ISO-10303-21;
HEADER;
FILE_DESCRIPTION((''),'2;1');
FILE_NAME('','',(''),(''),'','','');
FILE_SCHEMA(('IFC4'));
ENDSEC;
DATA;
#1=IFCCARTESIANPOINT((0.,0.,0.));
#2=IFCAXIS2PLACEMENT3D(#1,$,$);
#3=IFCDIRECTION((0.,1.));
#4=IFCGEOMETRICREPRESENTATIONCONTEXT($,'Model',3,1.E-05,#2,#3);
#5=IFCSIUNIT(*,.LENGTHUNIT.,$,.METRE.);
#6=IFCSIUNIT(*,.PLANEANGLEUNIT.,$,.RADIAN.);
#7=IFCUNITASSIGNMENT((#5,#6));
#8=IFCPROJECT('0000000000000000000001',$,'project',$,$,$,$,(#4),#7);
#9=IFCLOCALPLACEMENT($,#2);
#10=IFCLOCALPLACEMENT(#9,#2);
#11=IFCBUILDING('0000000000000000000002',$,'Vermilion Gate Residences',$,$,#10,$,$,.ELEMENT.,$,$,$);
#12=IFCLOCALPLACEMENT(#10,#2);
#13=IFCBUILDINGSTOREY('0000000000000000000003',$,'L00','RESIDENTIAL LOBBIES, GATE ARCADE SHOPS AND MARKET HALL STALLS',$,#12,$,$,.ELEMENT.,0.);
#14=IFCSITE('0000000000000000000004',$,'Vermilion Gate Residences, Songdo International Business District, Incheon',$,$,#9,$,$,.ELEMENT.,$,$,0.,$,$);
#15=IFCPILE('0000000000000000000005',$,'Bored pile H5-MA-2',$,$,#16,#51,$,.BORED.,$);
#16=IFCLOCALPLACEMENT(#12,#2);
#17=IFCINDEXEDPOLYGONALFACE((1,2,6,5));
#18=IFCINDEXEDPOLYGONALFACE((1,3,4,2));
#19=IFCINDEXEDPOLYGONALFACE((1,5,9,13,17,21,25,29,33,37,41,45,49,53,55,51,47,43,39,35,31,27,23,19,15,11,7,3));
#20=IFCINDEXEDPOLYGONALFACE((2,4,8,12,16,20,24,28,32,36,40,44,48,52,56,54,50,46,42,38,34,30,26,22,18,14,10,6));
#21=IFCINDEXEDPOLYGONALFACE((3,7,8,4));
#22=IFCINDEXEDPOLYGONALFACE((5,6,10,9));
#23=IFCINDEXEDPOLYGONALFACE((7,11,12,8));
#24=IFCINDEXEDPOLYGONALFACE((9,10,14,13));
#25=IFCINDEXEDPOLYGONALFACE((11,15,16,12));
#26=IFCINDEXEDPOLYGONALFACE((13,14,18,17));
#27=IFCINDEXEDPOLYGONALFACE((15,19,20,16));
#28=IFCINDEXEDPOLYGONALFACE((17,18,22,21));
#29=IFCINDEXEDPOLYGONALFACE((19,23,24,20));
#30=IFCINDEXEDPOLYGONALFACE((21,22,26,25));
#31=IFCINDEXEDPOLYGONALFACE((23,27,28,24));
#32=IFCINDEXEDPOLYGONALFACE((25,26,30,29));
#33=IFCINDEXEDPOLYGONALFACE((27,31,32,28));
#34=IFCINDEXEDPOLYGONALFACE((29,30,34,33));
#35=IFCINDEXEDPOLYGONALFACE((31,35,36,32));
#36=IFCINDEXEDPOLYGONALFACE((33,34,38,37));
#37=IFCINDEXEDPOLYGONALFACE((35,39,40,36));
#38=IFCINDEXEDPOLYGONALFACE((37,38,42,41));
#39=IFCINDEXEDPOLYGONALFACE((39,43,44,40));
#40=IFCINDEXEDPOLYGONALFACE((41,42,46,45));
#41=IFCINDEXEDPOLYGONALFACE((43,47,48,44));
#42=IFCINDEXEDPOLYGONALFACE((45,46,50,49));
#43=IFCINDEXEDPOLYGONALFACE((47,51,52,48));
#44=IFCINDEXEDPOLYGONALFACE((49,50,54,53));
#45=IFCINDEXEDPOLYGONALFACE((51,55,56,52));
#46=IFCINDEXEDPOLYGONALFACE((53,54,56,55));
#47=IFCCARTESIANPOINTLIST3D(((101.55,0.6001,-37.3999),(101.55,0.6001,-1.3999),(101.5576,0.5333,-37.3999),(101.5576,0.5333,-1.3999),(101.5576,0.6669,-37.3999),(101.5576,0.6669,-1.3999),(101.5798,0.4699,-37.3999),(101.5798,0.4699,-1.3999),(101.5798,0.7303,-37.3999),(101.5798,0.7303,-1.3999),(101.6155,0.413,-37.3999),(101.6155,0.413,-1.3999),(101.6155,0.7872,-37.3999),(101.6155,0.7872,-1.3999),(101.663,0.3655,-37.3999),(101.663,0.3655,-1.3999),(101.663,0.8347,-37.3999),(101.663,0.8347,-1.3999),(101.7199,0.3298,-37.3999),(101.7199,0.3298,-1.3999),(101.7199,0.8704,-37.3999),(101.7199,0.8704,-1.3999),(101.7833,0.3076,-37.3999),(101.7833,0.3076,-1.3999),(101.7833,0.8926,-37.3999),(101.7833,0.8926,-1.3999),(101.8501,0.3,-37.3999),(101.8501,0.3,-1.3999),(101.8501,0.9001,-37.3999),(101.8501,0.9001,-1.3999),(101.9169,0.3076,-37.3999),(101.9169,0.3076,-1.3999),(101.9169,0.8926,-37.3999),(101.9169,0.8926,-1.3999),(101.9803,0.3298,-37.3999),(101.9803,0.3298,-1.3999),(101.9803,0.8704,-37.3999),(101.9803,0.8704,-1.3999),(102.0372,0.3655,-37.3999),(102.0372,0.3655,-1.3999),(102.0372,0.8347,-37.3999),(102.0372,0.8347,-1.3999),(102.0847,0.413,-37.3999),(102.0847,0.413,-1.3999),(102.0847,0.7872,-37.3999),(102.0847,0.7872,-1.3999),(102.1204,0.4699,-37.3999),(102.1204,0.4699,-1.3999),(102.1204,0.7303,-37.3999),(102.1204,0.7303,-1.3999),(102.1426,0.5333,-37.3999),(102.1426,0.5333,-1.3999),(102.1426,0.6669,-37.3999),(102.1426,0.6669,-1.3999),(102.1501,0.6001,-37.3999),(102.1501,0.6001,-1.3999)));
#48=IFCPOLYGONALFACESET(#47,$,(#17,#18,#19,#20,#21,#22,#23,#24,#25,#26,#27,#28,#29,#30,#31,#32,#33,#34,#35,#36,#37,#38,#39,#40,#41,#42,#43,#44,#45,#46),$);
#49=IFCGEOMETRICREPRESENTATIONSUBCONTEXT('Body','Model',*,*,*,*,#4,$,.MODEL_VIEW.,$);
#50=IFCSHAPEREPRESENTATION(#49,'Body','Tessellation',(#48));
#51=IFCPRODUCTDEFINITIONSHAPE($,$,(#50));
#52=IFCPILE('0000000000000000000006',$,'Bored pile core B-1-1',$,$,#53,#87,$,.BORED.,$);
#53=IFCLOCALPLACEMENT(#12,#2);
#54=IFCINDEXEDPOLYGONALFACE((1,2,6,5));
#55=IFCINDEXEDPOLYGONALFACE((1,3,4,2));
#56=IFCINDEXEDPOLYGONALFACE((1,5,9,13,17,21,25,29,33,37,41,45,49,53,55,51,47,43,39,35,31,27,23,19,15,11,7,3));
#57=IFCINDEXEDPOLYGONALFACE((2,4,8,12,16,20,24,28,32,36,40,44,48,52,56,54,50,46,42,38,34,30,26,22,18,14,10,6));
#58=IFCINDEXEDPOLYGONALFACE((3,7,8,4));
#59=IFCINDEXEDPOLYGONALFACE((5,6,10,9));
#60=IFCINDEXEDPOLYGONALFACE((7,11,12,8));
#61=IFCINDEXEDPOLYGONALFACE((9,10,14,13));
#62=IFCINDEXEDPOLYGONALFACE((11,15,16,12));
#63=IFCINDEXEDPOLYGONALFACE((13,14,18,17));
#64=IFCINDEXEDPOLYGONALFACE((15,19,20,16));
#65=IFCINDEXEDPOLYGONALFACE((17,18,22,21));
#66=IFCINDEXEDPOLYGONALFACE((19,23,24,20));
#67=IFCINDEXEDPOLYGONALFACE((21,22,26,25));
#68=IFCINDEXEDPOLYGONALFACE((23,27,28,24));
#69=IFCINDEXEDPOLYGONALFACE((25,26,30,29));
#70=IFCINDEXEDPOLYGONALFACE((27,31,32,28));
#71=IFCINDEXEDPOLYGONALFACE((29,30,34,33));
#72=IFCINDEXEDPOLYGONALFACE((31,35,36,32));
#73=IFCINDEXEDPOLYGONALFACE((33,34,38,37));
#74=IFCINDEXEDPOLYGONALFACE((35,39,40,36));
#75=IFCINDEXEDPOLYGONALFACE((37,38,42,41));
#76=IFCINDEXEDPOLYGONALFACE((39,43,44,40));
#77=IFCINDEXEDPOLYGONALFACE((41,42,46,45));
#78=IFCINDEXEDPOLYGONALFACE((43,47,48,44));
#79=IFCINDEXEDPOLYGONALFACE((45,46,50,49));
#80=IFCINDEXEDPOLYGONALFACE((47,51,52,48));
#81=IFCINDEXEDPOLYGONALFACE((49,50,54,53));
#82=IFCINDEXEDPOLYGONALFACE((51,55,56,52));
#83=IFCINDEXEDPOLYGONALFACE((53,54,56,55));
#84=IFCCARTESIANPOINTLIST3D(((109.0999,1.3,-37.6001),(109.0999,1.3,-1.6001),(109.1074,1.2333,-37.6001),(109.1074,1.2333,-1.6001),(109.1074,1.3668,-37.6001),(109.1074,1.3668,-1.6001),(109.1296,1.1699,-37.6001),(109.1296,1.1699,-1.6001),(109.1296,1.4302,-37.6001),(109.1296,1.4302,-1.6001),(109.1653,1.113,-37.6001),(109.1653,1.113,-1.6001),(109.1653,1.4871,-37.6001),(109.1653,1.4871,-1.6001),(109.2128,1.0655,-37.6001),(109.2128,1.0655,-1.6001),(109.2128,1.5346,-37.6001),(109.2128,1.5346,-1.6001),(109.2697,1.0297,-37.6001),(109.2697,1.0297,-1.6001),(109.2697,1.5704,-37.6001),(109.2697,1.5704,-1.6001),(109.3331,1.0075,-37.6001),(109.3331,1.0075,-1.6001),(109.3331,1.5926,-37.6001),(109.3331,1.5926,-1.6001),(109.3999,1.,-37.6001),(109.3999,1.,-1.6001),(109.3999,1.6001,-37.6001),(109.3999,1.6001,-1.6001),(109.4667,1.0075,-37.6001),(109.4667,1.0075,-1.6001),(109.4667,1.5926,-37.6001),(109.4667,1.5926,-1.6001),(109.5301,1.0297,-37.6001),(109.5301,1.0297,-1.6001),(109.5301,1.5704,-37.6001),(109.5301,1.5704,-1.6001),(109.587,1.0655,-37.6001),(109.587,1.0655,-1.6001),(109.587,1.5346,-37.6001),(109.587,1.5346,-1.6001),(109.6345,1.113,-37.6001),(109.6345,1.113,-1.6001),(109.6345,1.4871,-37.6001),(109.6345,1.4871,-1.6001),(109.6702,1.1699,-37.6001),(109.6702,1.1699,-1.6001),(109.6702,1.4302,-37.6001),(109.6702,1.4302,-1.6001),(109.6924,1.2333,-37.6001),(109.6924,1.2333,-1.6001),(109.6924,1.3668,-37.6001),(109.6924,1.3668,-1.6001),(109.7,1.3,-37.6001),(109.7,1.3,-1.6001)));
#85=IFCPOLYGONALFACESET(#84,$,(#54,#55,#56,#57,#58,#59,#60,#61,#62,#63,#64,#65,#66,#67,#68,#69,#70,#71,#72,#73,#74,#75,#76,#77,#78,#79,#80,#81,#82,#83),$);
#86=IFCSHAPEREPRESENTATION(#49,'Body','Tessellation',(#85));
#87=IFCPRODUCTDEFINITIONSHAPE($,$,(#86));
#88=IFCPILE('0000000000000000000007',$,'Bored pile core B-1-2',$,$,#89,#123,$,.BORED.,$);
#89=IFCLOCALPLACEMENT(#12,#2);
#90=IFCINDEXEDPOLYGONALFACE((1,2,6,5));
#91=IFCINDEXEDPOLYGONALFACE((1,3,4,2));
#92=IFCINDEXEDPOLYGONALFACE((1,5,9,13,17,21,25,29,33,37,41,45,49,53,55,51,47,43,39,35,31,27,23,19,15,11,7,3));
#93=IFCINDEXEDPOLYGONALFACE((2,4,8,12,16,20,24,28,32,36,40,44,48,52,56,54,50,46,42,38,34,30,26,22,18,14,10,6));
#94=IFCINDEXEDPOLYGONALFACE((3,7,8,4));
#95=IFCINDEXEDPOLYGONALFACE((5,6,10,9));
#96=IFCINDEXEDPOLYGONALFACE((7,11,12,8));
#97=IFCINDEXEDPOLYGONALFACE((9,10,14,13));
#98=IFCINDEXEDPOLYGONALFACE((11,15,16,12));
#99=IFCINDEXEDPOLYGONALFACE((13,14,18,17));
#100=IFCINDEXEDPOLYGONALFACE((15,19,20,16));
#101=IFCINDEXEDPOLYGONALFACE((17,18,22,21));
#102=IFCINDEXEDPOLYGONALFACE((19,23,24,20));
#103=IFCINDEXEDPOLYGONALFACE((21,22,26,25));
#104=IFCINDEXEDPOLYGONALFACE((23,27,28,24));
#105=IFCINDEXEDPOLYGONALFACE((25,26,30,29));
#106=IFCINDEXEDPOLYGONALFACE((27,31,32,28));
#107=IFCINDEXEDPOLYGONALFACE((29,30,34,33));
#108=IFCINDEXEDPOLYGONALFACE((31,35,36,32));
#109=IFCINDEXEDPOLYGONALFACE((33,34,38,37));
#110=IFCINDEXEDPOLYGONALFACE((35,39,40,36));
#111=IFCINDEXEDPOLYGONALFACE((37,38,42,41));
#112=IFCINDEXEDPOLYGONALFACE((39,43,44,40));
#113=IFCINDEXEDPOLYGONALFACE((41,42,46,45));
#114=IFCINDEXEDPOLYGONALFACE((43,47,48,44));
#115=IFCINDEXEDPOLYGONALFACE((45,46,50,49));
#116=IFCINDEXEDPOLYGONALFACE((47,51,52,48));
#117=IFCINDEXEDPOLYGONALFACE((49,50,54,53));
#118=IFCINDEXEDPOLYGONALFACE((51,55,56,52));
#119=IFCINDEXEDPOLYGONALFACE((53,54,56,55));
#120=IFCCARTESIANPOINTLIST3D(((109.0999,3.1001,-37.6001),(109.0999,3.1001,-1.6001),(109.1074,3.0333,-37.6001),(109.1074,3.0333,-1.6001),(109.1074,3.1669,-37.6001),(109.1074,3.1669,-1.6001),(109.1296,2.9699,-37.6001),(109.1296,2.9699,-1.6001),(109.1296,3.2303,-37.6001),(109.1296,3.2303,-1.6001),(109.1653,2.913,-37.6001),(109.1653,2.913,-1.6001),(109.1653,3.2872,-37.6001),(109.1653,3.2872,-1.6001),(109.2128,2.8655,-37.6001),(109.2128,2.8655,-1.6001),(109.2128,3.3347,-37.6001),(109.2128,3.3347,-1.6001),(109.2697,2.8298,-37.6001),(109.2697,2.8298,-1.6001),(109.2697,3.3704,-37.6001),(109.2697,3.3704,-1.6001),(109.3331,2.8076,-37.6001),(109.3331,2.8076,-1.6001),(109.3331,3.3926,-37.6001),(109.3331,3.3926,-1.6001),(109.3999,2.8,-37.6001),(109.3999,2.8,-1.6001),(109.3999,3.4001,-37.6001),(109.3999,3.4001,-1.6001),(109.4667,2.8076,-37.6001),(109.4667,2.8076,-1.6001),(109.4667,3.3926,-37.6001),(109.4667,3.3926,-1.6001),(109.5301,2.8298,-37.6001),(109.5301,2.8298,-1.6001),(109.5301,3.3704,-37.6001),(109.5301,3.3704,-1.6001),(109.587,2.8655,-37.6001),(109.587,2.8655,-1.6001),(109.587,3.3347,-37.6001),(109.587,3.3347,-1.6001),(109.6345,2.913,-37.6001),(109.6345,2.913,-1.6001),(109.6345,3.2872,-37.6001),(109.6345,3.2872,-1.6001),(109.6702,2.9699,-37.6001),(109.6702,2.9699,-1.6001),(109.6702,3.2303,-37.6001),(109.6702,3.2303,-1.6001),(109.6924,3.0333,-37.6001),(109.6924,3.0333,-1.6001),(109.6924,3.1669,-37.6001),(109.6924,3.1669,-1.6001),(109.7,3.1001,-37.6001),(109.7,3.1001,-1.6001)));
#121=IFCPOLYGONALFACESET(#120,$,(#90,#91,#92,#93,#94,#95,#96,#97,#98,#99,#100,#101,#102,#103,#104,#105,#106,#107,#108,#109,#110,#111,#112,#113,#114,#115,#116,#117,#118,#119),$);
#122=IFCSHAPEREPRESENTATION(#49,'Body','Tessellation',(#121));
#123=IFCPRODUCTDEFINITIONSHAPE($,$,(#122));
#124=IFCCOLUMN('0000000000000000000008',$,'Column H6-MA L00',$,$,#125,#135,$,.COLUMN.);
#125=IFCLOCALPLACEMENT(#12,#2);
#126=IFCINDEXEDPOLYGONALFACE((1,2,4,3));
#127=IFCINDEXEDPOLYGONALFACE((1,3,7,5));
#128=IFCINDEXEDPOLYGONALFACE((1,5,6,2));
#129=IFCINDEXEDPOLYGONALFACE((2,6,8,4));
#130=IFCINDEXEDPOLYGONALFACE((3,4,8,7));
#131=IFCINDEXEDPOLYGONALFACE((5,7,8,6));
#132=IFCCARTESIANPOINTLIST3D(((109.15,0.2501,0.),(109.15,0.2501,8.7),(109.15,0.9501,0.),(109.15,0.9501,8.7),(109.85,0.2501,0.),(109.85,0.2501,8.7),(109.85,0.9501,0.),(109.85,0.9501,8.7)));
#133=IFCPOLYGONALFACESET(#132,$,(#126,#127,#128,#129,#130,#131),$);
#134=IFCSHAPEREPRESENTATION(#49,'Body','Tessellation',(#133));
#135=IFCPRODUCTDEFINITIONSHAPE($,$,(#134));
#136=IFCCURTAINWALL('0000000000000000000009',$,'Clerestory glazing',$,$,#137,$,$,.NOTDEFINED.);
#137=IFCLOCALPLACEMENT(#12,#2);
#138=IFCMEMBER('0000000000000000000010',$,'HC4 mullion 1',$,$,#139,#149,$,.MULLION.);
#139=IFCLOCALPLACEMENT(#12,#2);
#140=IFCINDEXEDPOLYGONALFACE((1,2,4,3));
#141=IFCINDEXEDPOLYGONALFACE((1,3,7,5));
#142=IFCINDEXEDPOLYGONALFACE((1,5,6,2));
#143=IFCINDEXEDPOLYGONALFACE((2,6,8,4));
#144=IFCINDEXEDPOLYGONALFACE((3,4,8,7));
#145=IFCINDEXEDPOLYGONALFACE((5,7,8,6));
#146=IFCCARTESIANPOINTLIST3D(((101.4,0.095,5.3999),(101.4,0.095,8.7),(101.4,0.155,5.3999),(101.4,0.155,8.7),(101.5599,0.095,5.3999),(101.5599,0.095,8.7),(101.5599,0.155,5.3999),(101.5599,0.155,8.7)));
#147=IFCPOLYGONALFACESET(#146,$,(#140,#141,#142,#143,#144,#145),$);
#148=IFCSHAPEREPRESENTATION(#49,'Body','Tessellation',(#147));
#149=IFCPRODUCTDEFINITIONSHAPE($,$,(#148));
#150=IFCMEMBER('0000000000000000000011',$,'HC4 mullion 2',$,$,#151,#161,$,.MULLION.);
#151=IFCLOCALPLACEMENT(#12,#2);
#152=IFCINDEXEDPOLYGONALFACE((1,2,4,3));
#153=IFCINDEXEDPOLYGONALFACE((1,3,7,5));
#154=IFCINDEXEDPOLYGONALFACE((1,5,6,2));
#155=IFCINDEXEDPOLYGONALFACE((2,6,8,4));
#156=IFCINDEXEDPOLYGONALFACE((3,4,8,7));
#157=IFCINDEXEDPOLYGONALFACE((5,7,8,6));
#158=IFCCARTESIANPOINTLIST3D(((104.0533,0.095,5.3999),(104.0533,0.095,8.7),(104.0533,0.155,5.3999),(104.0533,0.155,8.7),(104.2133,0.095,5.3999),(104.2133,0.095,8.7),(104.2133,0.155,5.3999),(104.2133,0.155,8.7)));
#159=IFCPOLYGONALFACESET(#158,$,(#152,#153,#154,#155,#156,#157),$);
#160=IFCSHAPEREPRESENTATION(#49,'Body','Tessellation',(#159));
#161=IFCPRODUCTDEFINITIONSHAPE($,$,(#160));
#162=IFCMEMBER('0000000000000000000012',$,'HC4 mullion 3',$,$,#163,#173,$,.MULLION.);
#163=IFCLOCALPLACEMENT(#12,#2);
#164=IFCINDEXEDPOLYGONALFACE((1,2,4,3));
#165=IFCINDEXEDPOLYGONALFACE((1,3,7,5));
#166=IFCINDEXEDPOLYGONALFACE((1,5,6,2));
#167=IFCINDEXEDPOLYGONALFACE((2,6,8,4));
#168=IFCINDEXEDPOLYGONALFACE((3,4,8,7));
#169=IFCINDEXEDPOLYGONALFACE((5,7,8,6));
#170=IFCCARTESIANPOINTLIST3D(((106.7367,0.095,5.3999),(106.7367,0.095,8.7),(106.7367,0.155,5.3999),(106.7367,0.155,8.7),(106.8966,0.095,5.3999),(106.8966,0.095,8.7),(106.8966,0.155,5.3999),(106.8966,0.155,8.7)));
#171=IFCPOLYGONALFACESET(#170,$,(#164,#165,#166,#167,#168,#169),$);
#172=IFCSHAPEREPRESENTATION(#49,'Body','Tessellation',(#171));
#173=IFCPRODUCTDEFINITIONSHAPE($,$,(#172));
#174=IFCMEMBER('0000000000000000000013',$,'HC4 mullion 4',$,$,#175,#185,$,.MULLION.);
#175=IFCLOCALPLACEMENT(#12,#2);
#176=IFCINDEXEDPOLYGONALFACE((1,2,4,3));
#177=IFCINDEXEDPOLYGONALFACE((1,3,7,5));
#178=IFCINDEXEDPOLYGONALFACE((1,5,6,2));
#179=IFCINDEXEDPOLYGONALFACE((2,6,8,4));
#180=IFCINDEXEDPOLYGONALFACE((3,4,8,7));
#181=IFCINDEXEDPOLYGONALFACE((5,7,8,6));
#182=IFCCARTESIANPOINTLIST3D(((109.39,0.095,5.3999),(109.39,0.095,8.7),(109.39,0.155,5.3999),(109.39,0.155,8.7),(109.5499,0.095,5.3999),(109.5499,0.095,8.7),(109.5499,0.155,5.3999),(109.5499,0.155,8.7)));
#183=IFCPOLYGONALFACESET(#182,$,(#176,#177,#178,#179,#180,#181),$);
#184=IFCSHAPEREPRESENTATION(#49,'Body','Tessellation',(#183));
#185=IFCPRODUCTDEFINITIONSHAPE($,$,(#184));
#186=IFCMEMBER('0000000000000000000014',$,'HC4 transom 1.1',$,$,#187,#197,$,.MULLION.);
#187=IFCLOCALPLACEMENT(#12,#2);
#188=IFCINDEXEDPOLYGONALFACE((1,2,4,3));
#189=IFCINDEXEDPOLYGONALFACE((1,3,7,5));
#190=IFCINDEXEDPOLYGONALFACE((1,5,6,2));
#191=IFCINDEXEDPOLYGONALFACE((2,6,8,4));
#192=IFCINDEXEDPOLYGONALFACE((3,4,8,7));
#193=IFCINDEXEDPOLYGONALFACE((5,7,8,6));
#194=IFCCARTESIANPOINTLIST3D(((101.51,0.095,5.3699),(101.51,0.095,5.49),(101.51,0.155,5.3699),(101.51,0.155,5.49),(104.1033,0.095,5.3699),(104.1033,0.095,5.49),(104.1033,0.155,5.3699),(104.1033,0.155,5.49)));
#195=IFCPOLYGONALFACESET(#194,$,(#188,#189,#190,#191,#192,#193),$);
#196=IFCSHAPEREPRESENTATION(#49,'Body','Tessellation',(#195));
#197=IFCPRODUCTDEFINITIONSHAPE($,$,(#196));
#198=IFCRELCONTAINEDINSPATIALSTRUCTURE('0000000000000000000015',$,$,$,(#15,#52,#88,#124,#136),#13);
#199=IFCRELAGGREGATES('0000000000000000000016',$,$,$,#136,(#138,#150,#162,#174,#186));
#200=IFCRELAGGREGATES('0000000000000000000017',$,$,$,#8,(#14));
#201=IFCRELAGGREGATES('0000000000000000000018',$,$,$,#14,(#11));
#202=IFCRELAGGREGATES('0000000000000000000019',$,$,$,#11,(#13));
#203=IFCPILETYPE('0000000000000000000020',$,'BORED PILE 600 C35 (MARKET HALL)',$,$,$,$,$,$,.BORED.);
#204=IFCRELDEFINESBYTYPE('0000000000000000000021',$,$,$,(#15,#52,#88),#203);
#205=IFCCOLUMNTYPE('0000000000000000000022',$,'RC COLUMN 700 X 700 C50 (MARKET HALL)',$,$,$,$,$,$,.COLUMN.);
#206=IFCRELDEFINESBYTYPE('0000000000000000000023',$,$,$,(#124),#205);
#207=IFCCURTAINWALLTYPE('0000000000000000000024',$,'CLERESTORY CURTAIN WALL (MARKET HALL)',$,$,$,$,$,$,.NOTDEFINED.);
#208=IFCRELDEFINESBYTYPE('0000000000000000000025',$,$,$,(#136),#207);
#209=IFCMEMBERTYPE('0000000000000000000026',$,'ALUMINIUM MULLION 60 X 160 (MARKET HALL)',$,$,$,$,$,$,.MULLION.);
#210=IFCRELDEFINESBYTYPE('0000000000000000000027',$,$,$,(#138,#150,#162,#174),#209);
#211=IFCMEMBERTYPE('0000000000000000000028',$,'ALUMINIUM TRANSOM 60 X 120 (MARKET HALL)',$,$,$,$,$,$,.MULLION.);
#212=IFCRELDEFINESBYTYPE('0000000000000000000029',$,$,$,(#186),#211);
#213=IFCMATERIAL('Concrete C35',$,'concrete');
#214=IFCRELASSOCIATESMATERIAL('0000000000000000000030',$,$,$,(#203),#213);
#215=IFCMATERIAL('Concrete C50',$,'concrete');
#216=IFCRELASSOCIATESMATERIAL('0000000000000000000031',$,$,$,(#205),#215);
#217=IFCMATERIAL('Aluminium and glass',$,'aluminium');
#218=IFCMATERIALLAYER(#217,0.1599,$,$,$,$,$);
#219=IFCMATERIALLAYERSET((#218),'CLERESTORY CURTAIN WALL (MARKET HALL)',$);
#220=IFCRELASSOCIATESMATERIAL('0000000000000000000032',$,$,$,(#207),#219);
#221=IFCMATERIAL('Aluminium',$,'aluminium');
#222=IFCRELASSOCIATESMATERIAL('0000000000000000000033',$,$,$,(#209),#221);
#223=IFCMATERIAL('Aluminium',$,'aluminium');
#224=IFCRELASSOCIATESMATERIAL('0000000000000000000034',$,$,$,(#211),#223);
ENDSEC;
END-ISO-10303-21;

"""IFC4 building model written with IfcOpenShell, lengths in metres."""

from ifc_helpers import new_model, si_unit, direction, frame, origin, origin_2d, place, context, subcontext, project, spatial, rectangle, circle, extrude, material, layer, layer_set, material_profile, profile_set, type_object, element, aggregate, save


model = new_model("IFC4")

# Units and contexts
model_context = context("Model", 3, precision=1e-05, world=origin(), true_north=direction((0.0, 1.0)))
body_context = subcontext(model_context, "Body", "Model", "MODEL_VIEW")
ifc_project = project(units=[si_unit("LENGTHUNIT", "METRE"), si_unit("PLANEANGLEUNIT", "RADIAN")], contexts=[model_context])

# Site, building, storey
site_placement = place(None, origin())
site = spatial("IfcSite", under=ifc_project, at=site_placement, Name="Vermilion Gate Residences, Songdo International Business District, Incheon", CompositionType="ELEMENT", RefElevation=0.0)
building_placement = place(site_placement, origin())
building = spatial("IfcBuilding", under=site, at=building_placement, Name="Vermilion Gate Residences", CompositionType="ELEMENT")
storey_placement = place(building_placement, origin())
storey = spatial("IfcBuildingStorey", under=building, at=storey_placement, Name="L00", Description="RESIDENTIAL LOBBIES, GATE ARCADE SHOPS AND MARKET HALL STALLS", CompositionType="ELEMENT", Elevation=0.0)

# Piles
ifc_material_1 = material(Name="Concrete C35", Category="concrete")
ifc_material_profile_1 = material_profile(ifc_material_1, circle(Radius=0.3, at=origin_2d()), Name="BORED PILE 600 C35 (MARKET HALL)")
ifc_profile_set_1 = profile_set([ifc_material_profile_1], Name="Concrete C35")
pile_type = type_object("IfcPileType", Name="BORED PILE 600 C35 (MARKET HALL)", PredefinedType="BORED", material=ifc_profile_set_1)
for number, where, z_axis, x_axis, name in (
    (1, (101.8501, 0.6001, -1.3999), (0.0, 0.0, -1.0), (1.0, 0.0, 0.0), "Bored pile H5-MA-2"),
    (2, (109.3999, 1.3, -1.6001), (0.0, 0.0, -1.0), (1.0, 0.0, 0.0), "Bored pile core B-1-1"),
    (3, (109.3999, 3.1001, -1.6001), (0.0, 0.0, -1.0), (1.0, 0.0, 0.0), "Bored pile core B-1-2"),
):
    element("IfcPile", number, at=place(storey_placement, frame(where, z_axis=z_axis, x_axis=x_axis)), inside=storey, type_object=pile_type, Name=name, PredefinedType="BORED", context=body_context, shape_type="SweptSolid", body=[
        extrude(circle(Radius=0.3, at=origin_2d()), origin(), (0.0, 0.0, 1.0), 36.0),
    ])

# Column
ifc_material_2 = material(Name="Concrete C50", Category="concrete")
ifc_material_profile_2 = material_profile(ifc_material_2, rectangle(XDim=0.7, YDim=0.7, at=origin_2d()), Name="RC COLUMN 700 X 700 C50 (MARKET HALL)")
ifc_profile_set_2 = profile_set([ifc_material_profile_2], Name="Concrete C50")
column_type = type_object("IfcColumnType", Name="RC COLUMN 700 X 700 C50 (MARKET HALL)", PredefinedType="COLUMN", material=ifc_profile_set_2)
column_placement = place(storey_placement, frame((109.5, 0.6001, 0.0), z_axis=(0.0, 0.0, 1.0), x_axis=(1.0, 0.0, 0.0)))
element("IfcColumn", 4, at=column_placement, inside=storey, type_object=column_type, Name="Column H6-MA L00", PredefinedType="COLUMN", context=body_context, shape_type="SweptSolid", body=[
    extrude(rectangle(XDim=0.7, YDim=0.7, at=origin_2d()), origin(), (0.0, 0.0, 1.0), 8.7),
])

# Curtain wall, members
ifc_material_3 = material(Name="Aluminium and glass", Category="aluminium")
ifc_layer_1 = layer(ifc_material_3, 0.1599)
ifc_layer_set_1 = layer_set([ifc_layer_1], Name="CLERESTORY CURTAIN WALL (MARKET HALL)")
curtain_wall_type = type_object("IfcCurtainWallType", Name="CLERESTORY CURTAIN WALL (MARKET HALL)", PredefinedType="NOTDEFINED", material=ifc_layer_set_1)
curtain_wall_placement = place(storey_placement, origin())
curtain_wall = element("IfcCurtainWall", 5, at=curtain_wall_placement, inside=storey, type_object=curtain_wall_type, Name="Clerestory glazing", PredefinedType="NOTDEFINED")
ifc_material_4 = material(Name="Aluminium", Category="aluminium")
ifc_material_profile_3 = material_profile(ifc_material_4, rectangle(XDim=0.0601, YDim=0.1599, at=origin_2d()), Name="ALUMINIUM MULLION 60 X 160 (MARKET HALL)")
ifc_profile_set_3 = profile_set([ifc_material_profile_3], Name="Aluminium")
member_type_1 = type_object("IfcMemberType", Name="ALUMINIUM MULLION 60 X 160 (MARKET HALL)", PredefinedType="MULLION", material=ifc_profile_set_3)
member_1_placement = place(storey_placement, frame((101.48, 0.125, 5.3999), z_axis=(0.0, 0.0, 1.0), x_axis=(0.0, 1.0, 0.0)))
member_1 = element("IfcMember", 6, at=member_1_placement, type_object=member_type_1, Name="HC4 mullion 1", PredefinedType="MULLION", context=body_context, shape_type="SweptSolid", body=[
    extrude(rectangle(XDim=0.0601, YDim=0.1599, at=origin_2d()), origin(), (0.0, 0.0, 1.0), 3.3),
])
member_2_placement = place(storey_placement, frame((104.1333, 0.125, 5.3999), z_axis=(0.0, 0.0, 1.0), x_axis=(0.0, 1.0, 0.0)))
member_2 = element("IfcMember", 7, at=member_2_placement, type_object=member_type_1, Name="HC4 mullion 2", PredefinedType="MULLION", context=body_context, shape_type="SweptSolid", body=[
    extrude(rectangle(XDim=0.0601, YDim=0.1599, at=origin_2d()), origin(), (0.0, 0.0, 1.0), 3.3),
])
member_3_placement = place(storey_placement, frame((106.8167, 0.125, 5.3999), z_axis=(0.0, 0.0, 1.0), x_axis=(0.0, 1.0, 0.0)))
member_3 = element("IfcMember", 8, at=member_3_placement, type_object=member_type_1, Name="HC4 mullion 3", PredefinedType="MULLION", context=body_context, shape_type="SweptSolid", body=[
    extrude(rectangle(XDim=0.0601, YDim=0.1599, at=origin_2d()), origin(), (0.0, 0.0, 1.0), 3.3),
])
member_4_placement = place(storey_placement, frame((109.47, 0.125, 5.3999), z_axis=(0.0, 0.0, 1.0), x_axis=(0.0, 1.0, 0.0)))
member_4 = element("IfcMember", 9, at=member_4_placement, type_object=member_type_1, Name="HC4 mullion 4", PredefinedType="MULLION", context=body_context, shape_type="SweptSolid", body=[
    extrude(rectangle(XDim=0.0601, YDim=0.1599, at=origin_2d()), origin(), (0.0, 0.0, 1.0), 3.3),
])
ifc_material_5 = material(Name="Aluminium", Category="aluminium")
ifc_material_profile_4 = material_profile(ifc_material_5, rectangle(XDim=0.0601, YDim=0.1201, at=origin_2d()), Name="ALUMINIUM TRANSOM 60 X 120 (MARKET HALL)")
ifc_profile_set_4 = profile_set([ifc_material_profile_4], Name="Aluminium")
member_type_2 = type_object("IfcMemberType", Name="ALUMINIUM TRANSOM 60 X 120 (MARKET HALL)", PredefinedType="MULLION", material=ifc_profile_set_4)
member_5_placement = place(storey_placement, frame((101.51, 0.125, 5.4299), z_axis=(1.0, 0.0, 0.0), x_axis=(0.0, 1.0, 0.0)))
member_5 = element("IfcMember", 10, at=member_5_placement, type_object=member_type_2, Name="HC4 transom 1.1", PredefinedType="MULLION", context=body_context, shape_type="SweptSolid", body=[
    extrude(rectangle(XDim=0.0601, YDim=0.1201, at=origin_2d()), origin(), (0.0, 0.0, 1.0), 2.5933),
])
aggregate(curtain_wall, [member_1, member_2, member_3, member_4, member_5])

save(model, "model.ifc")
